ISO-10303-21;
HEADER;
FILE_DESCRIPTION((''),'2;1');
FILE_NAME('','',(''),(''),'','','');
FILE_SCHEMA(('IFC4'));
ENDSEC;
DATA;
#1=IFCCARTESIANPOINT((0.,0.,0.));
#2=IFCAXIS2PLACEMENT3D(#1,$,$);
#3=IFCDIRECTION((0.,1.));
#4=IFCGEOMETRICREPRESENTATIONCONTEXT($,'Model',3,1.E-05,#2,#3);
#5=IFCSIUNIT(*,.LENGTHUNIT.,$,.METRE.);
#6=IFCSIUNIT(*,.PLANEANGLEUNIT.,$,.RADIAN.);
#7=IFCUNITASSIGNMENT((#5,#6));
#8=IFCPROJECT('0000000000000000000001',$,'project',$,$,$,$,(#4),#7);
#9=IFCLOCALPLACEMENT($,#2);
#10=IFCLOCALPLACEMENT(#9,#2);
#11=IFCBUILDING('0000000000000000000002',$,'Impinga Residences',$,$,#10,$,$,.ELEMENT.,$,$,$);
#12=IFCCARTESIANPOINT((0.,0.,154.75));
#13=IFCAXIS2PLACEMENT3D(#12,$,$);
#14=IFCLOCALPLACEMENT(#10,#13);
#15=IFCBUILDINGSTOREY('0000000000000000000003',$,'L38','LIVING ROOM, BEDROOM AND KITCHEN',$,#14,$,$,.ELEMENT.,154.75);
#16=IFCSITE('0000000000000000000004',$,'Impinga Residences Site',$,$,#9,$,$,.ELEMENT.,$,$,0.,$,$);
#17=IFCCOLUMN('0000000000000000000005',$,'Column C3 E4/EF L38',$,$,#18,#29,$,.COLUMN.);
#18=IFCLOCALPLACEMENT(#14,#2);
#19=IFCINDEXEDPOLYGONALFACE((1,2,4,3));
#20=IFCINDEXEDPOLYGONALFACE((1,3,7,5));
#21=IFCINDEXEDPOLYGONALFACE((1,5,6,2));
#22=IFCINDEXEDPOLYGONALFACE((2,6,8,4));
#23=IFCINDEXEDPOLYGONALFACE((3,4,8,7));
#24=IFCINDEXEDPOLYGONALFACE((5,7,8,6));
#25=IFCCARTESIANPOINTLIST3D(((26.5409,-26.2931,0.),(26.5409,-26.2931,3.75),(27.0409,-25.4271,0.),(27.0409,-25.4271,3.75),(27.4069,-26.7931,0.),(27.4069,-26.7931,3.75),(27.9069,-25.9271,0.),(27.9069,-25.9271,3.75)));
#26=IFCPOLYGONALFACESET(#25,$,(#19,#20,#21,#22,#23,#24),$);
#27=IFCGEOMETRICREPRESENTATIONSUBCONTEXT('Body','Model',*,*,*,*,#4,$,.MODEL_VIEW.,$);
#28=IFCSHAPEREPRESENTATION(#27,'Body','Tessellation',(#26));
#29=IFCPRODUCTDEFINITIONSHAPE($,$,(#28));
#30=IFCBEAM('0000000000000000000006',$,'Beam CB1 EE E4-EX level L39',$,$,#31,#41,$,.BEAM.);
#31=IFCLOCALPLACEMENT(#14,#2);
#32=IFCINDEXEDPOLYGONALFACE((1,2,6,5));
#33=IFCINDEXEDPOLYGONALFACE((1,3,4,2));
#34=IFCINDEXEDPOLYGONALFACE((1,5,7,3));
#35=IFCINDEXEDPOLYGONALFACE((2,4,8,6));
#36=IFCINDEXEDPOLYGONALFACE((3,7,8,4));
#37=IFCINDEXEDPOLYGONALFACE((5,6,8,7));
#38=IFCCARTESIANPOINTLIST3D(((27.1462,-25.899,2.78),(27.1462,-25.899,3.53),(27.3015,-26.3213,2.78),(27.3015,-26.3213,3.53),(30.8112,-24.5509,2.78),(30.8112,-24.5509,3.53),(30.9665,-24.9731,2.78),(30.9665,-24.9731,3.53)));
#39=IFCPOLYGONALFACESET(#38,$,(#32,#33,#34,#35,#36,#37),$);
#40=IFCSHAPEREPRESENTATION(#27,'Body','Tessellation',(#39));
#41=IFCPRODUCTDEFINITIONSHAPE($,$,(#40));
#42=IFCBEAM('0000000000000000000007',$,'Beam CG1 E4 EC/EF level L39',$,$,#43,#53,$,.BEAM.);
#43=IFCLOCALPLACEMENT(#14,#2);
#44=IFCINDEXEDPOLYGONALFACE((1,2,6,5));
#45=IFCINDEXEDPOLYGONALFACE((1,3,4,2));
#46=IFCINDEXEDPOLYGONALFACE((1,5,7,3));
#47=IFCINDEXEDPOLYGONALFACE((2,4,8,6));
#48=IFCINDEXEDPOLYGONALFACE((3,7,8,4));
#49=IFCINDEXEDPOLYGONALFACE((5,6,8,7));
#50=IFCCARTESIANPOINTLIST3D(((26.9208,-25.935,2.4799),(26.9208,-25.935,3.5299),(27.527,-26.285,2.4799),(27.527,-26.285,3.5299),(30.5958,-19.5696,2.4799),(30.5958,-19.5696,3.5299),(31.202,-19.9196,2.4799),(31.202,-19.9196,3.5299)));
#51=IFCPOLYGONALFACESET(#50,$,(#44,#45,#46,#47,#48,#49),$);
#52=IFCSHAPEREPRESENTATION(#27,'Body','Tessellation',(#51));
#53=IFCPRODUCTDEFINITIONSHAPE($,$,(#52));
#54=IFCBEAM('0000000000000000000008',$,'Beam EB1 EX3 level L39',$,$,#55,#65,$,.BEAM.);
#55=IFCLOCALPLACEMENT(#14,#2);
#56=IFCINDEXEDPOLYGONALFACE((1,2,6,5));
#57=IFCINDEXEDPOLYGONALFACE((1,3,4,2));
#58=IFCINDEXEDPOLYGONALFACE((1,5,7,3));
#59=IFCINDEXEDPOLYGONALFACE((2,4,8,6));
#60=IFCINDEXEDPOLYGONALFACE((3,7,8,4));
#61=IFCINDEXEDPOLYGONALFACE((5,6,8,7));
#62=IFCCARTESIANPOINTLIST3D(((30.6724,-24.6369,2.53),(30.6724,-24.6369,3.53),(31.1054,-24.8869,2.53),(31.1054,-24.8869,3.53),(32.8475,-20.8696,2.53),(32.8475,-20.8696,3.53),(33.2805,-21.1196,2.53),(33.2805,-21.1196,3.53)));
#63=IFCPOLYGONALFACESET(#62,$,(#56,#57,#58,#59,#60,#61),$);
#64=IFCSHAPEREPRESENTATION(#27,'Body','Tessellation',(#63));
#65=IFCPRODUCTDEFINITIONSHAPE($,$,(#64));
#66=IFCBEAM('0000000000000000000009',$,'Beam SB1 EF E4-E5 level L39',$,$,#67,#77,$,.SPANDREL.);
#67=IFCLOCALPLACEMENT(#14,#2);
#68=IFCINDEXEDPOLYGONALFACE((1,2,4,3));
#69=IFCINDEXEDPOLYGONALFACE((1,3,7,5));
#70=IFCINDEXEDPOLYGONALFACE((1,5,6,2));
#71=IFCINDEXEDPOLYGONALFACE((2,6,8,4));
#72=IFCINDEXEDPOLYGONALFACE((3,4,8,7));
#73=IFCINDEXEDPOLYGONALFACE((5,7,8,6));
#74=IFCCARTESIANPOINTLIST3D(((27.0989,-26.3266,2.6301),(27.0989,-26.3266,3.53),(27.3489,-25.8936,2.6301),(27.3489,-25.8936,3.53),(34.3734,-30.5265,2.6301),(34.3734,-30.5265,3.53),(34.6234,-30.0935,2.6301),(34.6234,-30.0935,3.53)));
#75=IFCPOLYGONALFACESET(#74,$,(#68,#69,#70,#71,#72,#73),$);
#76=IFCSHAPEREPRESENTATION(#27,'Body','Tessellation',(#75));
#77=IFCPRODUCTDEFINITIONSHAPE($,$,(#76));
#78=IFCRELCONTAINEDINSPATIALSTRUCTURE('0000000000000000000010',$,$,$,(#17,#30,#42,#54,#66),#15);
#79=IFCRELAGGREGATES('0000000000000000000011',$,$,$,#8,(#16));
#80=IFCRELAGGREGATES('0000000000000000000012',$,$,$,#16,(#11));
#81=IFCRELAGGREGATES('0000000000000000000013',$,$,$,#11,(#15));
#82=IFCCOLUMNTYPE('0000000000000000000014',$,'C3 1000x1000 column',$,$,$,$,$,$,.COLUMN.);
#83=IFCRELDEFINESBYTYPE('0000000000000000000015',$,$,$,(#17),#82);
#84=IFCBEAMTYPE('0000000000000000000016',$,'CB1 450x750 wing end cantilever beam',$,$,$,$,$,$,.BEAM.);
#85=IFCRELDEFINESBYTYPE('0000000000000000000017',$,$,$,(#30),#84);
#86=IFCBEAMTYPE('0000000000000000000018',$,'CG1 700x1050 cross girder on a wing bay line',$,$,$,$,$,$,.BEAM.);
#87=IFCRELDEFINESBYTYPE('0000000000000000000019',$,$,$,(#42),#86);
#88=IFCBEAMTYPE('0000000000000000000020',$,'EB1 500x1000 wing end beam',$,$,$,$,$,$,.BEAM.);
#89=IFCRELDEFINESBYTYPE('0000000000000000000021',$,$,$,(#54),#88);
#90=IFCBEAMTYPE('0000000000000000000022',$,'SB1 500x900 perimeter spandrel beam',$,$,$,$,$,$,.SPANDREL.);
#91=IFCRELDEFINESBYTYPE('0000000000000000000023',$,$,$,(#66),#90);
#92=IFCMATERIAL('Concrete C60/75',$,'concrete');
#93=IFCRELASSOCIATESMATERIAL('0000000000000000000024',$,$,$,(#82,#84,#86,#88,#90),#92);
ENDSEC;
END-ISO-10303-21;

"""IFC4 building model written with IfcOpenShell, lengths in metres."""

from ifc_helpers import new_model, si_unit, direction, frame, origin, origin_2d, place, context, subcontext, project, spatial, rectangle, extrude, material, material_profile, profile_set, type_object, element, save


model = new_model("IFC4")

# Units and contexts
model_context = context("Model", 3, precision=1e-05, world=origin(), true_north=direction((0.0, 1.0)))
body_context = subcontext(model_context, "Body", "Model", "MODEL_VIEW")
ifc_project = project(units=[si_unit("LENGTHUNIT", "METRE"), si_unit("PLANEANGLEUNIT", "RADIAN")], contexts=[model_context])

# Site, building, storey
site_placement = place(None, origin())
site = spatial("IfcSite", under=ifc_project, at=site_placement, Name="Impinga Residences Site", CompositionType="ELEMENT", RefElevation=0.0)
building_placement = place(site_placement, origin())
building = spatial("IfcBuilding", under=site, at=building_placement, Name="Impinga Residences", CompositionType="ELEMENT")
storey_placement = place(building_placement, frame((0.0, 0.0, 154.75)))
storey = spatial("IfcBuildingStorey", under=building, at=storey_placement, Name="L38", Description="LIVING ROOM, BEDROOM AND KITCHEN", CompositionType="ELEMENT", Elevation=154.75)

# Column
ifc_material_1 = material(Name="Concrete C60/75", Category="concrete")
ifc_material_profile_1 = material_profile(ifc_material_1, rectangle(XDim=1.0, YDim=1.0, at=origin_2d()), Name="RC 1000x1000")
ifc_profile_set_1 = profile_set([ifc_material_profile_1], Name="Concrete C60/75")
column_type = type_object("IfcColumnType", Name="C3 1000x1000 column", PredefinedType="COLUMN", material=ifc_profile_set_1)
column_placement = place(storey_placement, frame((27.2239, -26.1101, 0.0), z_axis=(0.0, 0.0, 1.0), x_axis=(-0.5, -0.866025, 0.0)))
element("IfcColumn", 1, at=column_placement, inside=storey, type_object=column_type, Name="Column C3 E4/EF L38", PredefinedType="COLUMN", context=body_context, shape_type="SweptSolid", body=[
    extrude(rectangle(XDim=1.0, YDim=1.0, at=origin_2d()), origin(), (0.0, 0.0, 1.0), 3.75),
])

# Beams
ifc_material_profile_2 = material_profile(ifc_material_1, rectangle(XDim=0.45, YDim=0.75, at=origin_2d()), Name="RC 450x750")
ifc_profile_set_2 = profile_set([ifc_material_profile_2], Name="Concrete C60/75")
beam_type_1 = type_object("IfcBeamType", Name="CB1 450x750 wing end cantilever beam", PredefinedType="BEAM", material=ifc_profile_set_2)
beam_1_placement = place(storey_placement, frame((27.2239, -26.1101, 3.155), z_axis=(0.93852, 0.345224, 0.0), x_axis=(-0.345224, 0.93852, 0.0)))
element("IfcBeam", 2, at=beam_1_placement, inside=storey, type_object=beam_type_1, Name="Beam CB1 EE E4-EX level L39", PredefinedType="BEAM", context=body_context, shape_type="SweptSolid", body=[
    extrude(rectangle(XDim=0.45, YDim=0.75, at=origin_2d()), origin(), (0.0, 0.0, 1.0), 3.905),
])
ifc_material_profile_3 = material_profile(ifc_material_1, rectangle(XDim=0.7, YDim=1.05, at=origin_2d()), Name="RC 700x1050")
ifc_profile_set_3 = profile_set([ifc_material_profile_3], Name="Concrete C60/75")
beam_type_2 = type_object("IfcBeamType", Name="CG1 700x1050 cross girder on a wing bay line", PredefinedType="BEAM", material=ifc_profile_set_3)
beam_2_placement = place(storey_placement, frame((30.8989, -19.7446, 3.0049), z_axis=(-0.499994, -0.866029, 0.0), x_axis=(0.866029, -0.499994, 0.0)))
element("IfcBeam", 3, at=beam_2_placement, inside=storey, type_object=beam_type_2, Name="Beam CG1 E4 EC/EF level L39", PredefinedType="BEAM", context=body_context, shape_type="SweptSolid", body=[
    extrude(rectangle(XDim=0.7, YDim=1.05, at=origin_2d()), origin(), (0.0, 0.0, 1.0), 7.3501),
])
ifc_material_profile_4 = material_profile(ifc_material_1, rectangle(XDim=0.5, YDim=1.0, at=origin_2d()), Name="RC 500x1000")
ifc_profile_set_4 = profile_set([ifc_material_profile_4], Name="Concrete C60/75")
beam_type_3 = type_object("IfcBeamType", Name="EB1 500x1000 wing end beam", PredefinedType="BEAM", material=ifc_profile_set_4)
beam_3_placement = place(storey_placement, frame((33.064, -20.9946, 3.03), z_axis=(-0.499996, -0.866028, 0.0), x_axis=(0.866028, -0.499996, 0.0)))
element("IfcBeam", 4, at=beam_3_placement, inside=storey, type_object=beam_type_3, Name="Beam EB1 EX3 level L39", PredefinedType="BEAM", context=body_context, shape_type="SweptSolid", body=[
    extrude(rectangle(XDim=0.5, YDim=1.0, at=origin_2d()), origin(), (0.0, 0.0, 1.0), 4.3501),
])
ifc_material_profile_5 = material_profile(ifc_material_1, rectangle(XDim=0.5, YDim=0.8999, at=origin_2d()), Name="RC 500x900")
ifc_profile_set_5 = profile_set([ifc_material_profile_5], Name="Concrete C60/75")
beam_type_4 = type_object("IfcBeamType", Name="SB1 500x900 perimeter spandrel beam", PredefinedType="SPANDREL", material=ifc_profile_set_5)
beam_4_placement = place(storey_placement, frame((27.2239, -26.1101, 3.0801), z_axis=(0.866029, -0.499993, 0.0), x_axis=(0.499993, 0.866029, 0.0)))
element("IfcBeam", 5, at=beam_4_placement, inside=storey, type_object=beam_type_4, Name="Beam SB1 EF E4-E5 level L39", PredefinedType="SPANDREL", context=body_context, shape_type="SweptSolid", body=[
    extrude(rectangle(XDim=0.5, YDim=0.8999, at=origin_2d()), origin(), (0.0, 0.0, 1.0), 8.3999),
])

save(model, "model.ifc")
